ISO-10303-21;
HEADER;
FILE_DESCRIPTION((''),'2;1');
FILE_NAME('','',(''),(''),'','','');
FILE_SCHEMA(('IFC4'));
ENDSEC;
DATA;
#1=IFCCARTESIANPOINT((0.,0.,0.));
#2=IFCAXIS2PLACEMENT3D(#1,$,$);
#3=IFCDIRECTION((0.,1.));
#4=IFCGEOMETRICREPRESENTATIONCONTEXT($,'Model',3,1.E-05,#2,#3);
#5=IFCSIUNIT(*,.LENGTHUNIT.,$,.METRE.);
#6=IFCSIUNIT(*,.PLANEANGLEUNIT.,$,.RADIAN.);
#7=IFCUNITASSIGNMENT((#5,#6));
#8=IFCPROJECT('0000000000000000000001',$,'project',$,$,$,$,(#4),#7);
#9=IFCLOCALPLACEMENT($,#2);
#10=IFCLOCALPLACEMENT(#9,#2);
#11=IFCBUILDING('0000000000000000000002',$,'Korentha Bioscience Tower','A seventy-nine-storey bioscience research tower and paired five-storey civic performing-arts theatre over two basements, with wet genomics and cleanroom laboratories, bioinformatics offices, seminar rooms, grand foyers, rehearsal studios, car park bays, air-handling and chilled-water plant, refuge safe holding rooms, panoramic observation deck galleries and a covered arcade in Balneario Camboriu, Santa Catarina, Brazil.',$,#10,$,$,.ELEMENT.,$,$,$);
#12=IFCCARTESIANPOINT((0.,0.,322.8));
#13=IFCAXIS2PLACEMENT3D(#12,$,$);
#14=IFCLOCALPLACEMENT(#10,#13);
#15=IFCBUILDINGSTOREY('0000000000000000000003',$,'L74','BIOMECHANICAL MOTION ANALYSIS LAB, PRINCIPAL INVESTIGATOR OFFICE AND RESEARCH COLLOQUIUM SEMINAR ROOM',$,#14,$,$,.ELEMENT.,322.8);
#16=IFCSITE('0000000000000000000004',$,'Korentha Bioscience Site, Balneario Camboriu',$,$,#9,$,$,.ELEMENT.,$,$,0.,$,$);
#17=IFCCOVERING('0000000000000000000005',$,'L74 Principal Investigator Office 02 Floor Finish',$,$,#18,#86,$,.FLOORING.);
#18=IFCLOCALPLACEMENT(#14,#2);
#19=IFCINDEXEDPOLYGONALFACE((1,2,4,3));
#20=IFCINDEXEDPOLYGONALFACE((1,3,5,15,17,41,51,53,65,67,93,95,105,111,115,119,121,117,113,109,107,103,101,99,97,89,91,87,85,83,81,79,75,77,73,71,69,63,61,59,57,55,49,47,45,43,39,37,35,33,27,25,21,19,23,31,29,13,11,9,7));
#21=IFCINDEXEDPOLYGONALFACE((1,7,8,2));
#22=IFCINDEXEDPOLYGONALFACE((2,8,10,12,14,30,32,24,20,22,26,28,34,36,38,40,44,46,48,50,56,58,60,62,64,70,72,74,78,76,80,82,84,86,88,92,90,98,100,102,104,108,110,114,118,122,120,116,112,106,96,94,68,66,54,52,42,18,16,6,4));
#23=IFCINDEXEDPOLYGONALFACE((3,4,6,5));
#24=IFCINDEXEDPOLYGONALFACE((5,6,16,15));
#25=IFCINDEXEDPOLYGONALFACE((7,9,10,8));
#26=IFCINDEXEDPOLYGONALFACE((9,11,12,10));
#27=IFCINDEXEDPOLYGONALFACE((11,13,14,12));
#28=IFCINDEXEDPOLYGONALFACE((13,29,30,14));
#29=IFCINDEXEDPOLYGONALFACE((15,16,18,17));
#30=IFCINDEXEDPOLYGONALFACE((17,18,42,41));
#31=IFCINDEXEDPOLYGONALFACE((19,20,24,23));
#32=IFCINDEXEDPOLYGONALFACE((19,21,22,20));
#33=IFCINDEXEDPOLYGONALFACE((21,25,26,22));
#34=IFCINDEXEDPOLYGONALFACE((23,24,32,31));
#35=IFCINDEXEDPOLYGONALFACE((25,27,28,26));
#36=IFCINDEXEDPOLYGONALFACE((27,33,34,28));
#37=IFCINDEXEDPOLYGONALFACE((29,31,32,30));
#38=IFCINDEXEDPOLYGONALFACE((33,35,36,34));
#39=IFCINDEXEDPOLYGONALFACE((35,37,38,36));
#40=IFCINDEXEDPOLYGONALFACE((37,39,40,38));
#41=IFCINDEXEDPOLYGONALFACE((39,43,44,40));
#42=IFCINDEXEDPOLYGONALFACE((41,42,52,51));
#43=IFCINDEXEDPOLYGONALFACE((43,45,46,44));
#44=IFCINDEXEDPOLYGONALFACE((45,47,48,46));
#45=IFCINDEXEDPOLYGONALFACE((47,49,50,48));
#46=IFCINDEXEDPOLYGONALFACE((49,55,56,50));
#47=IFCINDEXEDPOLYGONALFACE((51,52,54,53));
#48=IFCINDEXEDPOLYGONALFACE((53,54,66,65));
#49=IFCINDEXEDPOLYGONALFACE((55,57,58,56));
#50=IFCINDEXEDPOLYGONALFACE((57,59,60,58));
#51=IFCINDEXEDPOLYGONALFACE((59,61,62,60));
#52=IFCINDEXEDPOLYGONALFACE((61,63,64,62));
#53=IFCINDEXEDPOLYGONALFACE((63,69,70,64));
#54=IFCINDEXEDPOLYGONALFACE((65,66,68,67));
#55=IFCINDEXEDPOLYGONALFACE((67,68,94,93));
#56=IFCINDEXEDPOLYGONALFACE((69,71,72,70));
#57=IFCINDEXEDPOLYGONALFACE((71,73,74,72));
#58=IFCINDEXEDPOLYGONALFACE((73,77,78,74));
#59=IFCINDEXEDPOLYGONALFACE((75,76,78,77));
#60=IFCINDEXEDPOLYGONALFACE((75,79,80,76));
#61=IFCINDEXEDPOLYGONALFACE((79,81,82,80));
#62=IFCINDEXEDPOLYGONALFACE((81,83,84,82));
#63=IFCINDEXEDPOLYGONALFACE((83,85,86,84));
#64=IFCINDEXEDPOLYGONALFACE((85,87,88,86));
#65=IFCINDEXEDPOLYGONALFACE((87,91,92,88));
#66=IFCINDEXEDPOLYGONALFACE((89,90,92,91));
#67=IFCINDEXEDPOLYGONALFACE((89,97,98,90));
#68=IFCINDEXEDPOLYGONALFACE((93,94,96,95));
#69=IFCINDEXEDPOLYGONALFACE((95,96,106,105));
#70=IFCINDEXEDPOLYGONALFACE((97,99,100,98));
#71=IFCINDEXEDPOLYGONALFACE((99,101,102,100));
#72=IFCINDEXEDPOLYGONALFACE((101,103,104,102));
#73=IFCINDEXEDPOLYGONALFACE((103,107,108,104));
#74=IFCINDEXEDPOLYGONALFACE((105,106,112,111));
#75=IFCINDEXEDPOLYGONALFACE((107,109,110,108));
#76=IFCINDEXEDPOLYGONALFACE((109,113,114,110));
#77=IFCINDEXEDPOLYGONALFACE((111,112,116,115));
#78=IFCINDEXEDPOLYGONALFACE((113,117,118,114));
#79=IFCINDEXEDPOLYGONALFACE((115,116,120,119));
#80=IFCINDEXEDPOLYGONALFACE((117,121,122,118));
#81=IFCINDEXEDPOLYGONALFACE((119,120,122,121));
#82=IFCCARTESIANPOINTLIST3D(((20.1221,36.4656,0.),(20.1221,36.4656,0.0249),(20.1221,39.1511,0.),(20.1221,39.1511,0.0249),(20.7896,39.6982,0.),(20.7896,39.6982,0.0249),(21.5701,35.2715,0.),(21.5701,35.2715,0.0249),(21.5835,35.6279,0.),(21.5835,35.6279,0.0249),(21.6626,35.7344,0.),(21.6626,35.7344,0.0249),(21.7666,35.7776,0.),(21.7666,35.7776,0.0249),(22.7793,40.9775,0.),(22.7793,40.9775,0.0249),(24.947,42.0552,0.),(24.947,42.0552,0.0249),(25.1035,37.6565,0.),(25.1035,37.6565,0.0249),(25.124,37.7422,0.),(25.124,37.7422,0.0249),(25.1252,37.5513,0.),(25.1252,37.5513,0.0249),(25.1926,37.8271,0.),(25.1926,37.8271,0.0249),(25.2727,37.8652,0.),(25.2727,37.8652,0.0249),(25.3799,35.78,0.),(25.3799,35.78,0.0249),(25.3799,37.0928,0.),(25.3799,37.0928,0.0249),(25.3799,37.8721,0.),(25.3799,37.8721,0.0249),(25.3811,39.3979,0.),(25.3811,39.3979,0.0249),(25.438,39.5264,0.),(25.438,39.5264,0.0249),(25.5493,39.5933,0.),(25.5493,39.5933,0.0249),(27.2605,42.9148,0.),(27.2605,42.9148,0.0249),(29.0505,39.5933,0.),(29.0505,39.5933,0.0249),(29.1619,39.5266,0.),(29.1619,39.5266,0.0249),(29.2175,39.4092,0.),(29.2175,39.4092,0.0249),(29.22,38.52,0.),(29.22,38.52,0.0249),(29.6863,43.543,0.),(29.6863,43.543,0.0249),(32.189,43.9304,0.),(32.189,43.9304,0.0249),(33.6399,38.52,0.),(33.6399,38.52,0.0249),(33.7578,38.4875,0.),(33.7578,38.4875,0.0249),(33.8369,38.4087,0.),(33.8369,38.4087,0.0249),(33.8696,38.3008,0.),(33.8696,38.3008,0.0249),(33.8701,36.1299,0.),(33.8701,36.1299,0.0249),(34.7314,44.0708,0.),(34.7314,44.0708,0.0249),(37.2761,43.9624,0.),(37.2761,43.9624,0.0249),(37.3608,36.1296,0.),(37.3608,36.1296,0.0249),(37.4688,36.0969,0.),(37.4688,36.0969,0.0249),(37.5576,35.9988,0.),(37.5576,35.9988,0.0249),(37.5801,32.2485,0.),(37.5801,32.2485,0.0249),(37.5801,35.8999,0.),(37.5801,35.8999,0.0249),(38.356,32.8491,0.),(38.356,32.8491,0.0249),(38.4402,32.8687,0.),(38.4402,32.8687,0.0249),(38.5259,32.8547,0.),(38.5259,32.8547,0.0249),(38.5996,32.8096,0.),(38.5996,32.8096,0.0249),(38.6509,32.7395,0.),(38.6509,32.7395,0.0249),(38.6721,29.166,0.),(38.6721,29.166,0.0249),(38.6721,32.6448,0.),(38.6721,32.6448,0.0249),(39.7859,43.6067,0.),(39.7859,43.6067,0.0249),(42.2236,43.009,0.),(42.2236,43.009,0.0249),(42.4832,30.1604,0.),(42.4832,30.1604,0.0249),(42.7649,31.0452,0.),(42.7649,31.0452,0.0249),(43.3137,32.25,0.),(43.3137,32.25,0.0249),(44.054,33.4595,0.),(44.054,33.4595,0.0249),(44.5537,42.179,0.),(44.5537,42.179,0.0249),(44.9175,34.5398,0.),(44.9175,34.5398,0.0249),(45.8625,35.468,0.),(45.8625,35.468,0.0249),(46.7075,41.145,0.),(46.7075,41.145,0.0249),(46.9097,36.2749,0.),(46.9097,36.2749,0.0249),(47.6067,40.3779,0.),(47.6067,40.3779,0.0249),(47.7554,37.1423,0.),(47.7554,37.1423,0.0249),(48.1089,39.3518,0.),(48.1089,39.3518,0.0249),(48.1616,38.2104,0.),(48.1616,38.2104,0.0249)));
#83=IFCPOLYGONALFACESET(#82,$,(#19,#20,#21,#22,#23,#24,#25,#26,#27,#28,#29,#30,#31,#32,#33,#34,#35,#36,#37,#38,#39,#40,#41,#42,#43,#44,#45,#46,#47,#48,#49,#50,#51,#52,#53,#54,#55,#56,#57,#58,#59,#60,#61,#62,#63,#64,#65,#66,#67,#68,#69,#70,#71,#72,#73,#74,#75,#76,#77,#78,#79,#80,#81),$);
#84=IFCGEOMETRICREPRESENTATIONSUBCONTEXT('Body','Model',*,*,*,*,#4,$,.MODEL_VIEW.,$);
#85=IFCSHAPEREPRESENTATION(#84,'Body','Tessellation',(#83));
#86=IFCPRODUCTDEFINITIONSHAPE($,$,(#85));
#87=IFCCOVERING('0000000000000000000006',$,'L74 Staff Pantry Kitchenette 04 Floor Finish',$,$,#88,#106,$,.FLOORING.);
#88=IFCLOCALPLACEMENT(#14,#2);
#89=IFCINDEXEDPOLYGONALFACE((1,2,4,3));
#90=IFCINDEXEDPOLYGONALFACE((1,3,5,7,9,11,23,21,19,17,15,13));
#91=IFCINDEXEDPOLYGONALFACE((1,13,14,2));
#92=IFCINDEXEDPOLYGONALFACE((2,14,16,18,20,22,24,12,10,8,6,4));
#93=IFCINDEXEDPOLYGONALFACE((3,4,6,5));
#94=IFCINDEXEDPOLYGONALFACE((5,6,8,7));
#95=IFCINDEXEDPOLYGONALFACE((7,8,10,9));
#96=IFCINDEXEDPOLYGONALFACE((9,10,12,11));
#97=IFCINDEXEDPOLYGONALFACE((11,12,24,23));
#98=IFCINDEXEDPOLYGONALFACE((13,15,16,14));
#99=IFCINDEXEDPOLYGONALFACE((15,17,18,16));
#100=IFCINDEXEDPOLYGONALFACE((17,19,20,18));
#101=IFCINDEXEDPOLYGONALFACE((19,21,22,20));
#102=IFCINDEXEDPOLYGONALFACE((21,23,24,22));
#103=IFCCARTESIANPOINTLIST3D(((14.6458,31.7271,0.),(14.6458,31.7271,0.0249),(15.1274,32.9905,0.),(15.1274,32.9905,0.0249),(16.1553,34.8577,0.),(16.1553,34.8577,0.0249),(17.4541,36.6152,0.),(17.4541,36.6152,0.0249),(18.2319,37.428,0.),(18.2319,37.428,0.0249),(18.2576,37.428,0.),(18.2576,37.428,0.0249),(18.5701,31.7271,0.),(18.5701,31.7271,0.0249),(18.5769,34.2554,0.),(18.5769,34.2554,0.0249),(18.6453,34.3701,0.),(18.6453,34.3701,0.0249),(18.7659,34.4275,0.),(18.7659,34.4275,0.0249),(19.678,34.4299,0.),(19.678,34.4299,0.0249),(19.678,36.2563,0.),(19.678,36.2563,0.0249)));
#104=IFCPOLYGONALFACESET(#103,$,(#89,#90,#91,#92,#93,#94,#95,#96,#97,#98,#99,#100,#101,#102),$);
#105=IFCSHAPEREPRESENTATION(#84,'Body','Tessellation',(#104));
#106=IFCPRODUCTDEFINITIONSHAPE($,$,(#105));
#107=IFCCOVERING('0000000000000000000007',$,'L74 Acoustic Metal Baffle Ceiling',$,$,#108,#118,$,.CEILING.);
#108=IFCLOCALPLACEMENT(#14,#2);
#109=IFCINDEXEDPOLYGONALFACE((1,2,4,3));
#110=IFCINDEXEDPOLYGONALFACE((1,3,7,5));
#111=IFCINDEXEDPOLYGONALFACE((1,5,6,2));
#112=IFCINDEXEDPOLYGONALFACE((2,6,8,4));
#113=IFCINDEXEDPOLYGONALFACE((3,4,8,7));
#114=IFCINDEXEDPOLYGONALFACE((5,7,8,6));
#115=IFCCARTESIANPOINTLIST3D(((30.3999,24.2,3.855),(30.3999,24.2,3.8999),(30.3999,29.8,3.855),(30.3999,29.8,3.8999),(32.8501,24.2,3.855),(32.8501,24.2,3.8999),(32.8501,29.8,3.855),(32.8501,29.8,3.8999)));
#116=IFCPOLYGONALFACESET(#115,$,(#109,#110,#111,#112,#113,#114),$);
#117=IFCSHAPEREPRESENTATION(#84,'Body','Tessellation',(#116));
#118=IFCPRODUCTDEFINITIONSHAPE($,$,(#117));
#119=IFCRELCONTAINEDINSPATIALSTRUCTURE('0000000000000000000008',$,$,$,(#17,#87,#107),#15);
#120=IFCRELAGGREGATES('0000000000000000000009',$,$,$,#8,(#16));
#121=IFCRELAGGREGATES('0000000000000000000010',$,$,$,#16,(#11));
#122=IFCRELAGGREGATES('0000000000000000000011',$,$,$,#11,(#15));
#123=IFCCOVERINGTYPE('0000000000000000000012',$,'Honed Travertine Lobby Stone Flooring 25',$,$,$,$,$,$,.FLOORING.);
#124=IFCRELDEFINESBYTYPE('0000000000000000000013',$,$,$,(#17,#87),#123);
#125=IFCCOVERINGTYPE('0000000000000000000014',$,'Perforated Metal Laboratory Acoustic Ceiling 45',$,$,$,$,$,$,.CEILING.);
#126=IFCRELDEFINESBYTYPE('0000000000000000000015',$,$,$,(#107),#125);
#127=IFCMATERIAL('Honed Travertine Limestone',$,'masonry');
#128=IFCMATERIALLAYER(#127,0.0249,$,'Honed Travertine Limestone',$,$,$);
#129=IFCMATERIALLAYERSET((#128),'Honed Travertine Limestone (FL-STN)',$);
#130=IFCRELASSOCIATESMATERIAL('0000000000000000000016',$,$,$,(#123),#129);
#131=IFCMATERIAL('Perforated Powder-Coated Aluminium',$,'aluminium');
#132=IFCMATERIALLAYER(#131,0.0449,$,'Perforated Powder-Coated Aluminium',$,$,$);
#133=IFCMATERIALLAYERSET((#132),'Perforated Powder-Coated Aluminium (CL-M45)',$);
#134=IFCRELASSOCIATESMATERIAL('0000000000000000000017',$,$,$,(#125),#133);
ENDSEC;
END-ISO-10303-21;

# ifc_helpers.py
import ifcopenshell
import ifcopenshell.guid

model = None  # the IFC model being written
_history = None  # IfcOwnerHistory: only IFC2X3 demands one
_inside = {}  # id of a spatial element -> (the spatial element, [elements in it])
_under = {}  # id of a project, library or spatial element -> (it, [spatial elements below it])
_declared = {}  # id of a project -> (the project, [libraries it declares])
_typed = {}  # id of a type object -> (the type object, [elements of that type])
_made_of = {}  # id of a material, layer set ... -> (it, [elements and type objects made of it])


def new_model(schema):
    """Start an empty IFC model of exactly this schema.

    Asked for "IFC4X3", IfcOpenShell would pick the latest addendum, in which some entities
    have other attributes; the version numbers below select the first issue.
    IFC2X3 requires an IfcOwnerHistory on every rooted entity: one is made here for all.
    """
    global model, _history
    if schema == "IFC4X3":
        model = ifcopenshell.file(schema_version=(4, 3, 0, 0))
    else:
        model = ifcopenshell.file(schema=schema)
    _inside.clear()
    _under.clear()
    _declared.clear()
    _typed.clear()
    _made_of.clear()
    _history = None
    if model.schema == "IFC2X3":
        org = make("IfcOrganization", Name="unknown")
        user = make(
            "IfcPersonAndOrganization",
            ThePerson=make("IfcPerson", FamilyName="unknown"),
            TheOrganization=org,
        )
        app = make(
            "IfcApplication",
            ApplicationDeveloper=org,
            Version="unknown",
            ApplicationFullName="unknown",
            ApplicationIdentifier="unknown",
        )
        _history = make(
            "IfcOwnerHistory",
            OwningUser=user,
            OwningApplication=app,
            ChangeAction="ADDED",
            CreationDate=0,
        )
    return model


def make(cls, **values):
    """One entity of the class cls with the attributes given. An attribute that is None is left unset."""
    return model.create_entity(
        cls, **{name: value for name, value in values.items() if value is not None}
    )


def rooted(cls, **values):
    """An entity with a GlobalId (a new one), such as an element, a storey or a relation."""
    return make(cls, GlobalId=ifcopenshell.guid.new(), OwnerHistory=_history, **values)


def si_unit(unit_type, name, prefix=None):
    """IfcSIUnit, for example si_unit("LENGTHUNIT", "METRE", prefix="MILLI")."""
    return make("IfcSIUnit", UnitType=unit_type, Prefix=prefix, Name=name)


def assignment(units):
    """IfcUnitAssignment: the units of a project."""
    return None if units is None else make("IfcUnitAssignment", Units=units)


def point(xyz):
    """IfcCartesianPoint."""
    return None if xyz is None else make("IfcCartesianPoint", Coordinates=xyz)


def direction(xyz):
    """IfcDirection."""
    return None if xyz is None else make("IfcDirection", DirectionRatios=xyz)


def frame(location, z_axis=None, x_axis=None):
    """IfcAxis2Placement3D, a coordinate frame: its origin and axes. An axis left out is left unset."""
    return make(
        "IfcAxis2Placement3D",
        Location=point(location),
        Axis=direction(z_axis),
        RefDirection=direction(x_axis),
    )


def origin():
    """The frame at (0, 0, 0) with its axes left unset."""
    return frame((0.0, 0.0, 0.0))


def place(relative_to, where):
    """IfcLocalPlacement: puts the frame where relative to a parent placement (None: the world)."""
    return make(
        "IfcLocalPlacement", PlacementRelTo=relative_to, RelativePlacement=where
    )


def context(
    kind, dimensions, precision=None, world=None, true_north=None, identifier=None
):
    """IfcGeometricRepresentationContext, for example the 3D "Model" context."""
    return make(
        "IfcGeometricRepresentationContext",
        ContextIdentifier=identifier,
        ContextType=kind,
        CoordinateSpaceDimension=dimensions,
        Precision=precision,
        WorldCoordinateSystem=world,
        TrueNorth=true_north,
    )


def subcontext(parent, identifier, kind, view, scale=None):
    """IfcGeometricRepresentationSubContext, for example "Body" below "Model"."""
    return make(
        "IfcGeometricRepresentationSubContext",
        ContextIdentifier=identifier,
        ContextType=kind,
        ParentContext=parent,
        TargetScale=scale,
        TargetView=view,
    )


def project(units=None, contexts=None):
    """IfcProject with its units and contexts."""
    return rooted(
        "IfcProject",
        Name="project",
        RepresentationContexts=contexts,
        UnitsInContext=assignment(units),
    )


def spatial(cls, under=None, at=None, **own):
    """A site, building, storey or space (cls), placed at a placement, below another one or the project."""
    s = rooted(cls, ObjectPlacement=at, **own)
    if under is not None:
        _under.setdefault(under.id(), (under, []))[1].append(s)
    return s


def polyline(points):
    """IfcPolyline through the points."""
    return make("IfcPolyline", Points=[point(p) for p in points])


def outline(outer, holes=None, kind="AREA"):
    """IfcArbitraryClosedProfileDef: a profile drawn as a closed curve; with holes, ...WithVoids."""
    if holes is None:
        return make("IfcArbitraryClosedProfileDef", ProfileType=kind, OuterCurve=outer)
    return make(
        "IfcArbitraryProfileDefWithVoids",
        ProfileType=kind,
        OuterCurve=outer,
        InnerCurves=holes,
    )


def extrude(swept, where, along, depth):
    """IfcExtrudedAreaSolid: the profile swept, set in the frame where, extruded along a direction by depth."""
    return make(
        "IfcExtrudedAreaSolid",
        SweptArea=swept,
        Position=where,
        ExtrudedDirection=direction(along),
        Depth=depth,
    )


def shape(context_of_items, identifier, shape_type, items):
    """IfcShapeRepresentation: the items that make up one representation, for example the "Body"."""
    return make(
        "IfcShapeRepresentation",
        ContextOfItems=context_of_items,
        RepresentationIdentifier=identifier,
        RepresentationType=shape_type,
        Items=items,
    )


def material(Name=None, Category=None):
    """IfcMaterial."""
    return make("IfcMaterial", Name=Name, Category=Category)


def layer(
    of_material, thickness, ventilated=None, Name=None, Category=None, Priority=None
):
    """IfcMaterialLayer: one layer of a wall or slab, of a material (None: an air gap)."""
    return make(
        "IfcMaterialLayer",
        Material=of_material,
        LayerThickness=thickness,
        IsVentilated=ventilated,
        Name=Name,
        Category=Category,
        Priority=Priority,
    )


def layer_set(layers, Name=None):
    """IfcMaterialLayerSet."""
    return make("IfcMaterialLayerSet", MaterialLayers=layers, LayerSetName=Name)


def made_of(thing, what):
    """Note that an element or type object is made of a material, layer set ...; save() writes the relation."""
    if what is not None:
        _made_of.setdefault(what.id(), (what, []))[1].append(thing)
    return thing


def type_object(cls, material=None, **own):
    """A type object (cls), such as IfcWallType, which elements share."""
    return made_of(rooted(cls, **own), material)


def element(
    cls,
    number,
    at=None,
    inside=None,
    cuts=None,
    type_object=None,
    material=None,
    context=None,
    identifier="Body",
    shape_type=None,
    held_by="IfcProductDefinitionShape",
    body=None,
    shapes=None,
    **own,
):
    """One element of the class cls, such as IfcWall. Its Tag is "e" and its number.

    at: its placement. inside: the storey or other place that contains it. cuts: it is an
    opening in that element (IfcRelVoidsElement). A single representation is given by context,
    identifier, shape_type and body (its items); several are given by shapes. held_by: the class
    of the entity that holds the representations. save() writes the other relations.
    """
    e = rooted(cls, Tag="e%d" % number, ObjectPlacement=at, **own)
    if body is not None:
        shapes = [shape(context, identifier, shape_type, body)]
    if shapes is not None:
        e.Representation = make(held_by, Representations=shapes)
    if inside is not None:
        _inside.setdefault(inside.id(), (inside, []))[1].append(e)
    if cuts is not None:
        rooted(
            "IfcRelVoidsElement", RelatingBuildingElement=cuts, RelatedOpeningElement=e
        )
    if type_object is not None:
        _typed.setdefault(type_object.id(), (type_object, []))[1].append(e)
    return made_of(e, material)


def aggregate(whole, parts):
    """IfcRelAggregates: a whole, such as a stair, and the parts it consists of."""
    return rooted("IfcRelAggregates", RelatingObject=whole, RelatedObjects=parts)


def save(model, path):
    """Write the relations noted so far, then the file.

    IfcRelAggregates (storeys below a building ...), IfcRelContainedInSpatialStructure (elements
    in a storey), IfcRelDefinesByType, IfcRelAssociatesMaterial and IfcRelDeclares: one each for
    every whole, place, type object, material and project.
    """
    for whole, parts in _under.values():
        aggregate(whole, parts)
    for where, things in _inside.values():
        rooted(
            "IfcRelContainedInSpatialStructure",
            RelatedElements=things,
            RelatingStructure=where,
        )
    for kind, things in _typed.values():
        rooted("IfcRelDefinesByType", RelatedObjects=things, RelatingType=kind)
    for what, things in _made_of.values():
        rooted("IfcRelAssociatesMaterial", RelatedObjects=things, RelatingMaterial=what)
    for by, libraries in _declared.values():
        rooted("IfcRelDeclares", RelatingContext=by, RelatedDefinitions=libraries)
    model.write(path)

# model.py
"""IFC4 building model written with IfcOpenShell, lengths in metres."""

from ifc_helpers import new_model, si_unit, direction, frame, origin, place, context, subcontext, project, spatial, polyline, outline, extrude, material, layer, layer_set, type_object, element, save


model = new_model("IFC4")

# Units and contexts
model_context = context("Model", 3, precision=1e-05, world=origin(), true_north=direction((0.0, 1.0)))
body_context = subcontext(model_context, "Body", "Model", "MODEL_VIEW")
ifc_project = project(units=[si_unit("LENGTHUNIT", "METRE"), si_unit("PLANEANGLEUNIT", "RADIAN")], contexts=[model_context])

# Site, building, storey
site_placement = place(None, origin())
site = spatial("IfcSite", under=ifc_project, at=site_placement, Name="Korentha Bioscience Site, Balneario Camboriu", CompositionType="ELEMENT", RefElevation=0.0)
building_placement = place(site_placement, origin())
building = spatial("IfcBuilding", under=site, at=building_placement, Name="Korentha Bioscience Tower", Description="A seventy-nine-storey bioscience research tower and paired five-storey civic performing-arts theatre over two basements, with wet genomics and cleanroom laboratories, bioinformatics offices, seminar rooms, grand foyers, rehearsal studios, car park bays, air-handling and chilled-water plant, refuge safe holding rooms, panoramic observation deck galleries and a covered arcade in Balneario Camboriu, Santa Catarina, Brazil.", CompositionType="ELEMENT")
storey_placement = place(building_placement, frame((0.0, 0.0, 322.8)))
storey = spatial("IfcBuildingStorey", under=building, at=storey_placement, Name="L74", Description="BIOMECHANICAL MOTION ANALYSIS LAB, PRINCIPAL INVESTIGATOR OFFICE AND RESEARCH COLLOQUIUM SEMINAR ROOM", CompositionType="ELEMENT", Elevation=322.8)

# Coverings
ifc_material_1 = material(Name="Honed Travertine Limestone", Category="masonry")
ifc_layer_1 = layer(ifc_material_1, 0.0249, Name="Honed Travertine Limestone")
ifc_layer_set_1 = layer_set([ifc_layer_1], Name="Honed Travertine Limestone (FL-STN)")
covering_type_1 = type_object("IfcCoveringType", Name="Honed Travertine Lobby Stone Flooring 25", PredefinedType="FLOORING", material=ifc_layer_set_1)
covering_1_placement = place(storey_placement, origin())
element("IfcCovering", 1, at=covering_1_placement, inside=storey, type_object=covering_type_1, Name="L74 Principal Investigator Office 02 Floor Finish", PredefinedType="FLOORING", context=body_context, shape_type="SweptSolid", body=[
    extrude(outline(polyline([(20.1221, 39.1511), (20.7896, 39.6982), (22.7793, 40.9775), (24.947, 42.0552), (27.2605, 42.9148), (29.6863, 43.543), (32.189, 43.9304), (34.7314, 44.0708), (37.2761, 43.9624), (39.7859, 43.6067), (42.2236, 43.009), (44.5537, 42.179), (46.7075, 41.145), (47.6067, 40.3779), (48.1089, 39.3518), (48.1616, 38.2104), (47.7554, 37.1423), (46.9097, 36.2749), (45.8625, 35.468), (44.9175, 34.5398), (44.054, 33.4595), (43.3137, 32.25), (42.7649, 31.0452), (42.4832, 30.1604), (38.6721, 29.166), (38.6721, 32.6448), (38.6509, 32.7395), (38.5996, 32.8096), (38.5259, 32.8547), (38.4402, 32.8687), (38.356, 32.8491), (37.5801, 32.2485), (37.5801, 35.8999), (37.5576, 35.9988), (37.4688, 36.0969), (37.3608, 36.1296), (33.8701, 36.1299), (33.8696, 38.3008), (33.8369, 38.4087), (33.7578, 38.4875), (33.6399, 38.52), (29.22, 38.52), (29.2175, 39.4092), (29.1619, 39.5266), (29.0505, 39.5933), (25.5493, 39.5933), (25.438, 39.5264), (25.3811, 39.3979), (25.3799, 37.8721), (25.2727, 37.8652), (25.1926, 37.8271), (25.124, 37.7422), (25.1035, 37.6565), (25.1252, 37.5513), (25.3799, 37.0928), (25.3799, 35.78), (21.7666, 35.7776), (21.6626, 35.7344), (21.5835, 35.6279), (21.5701, 35.2715), (20.1221, 36.4656), (20.1221, 39.1511)])), origin(), (0.0, 0.0, 1.0), 0.0249),
])
covering_2_placement = place(storey_placement, origin())
element("IfcCovering", 2, at=covering_2_placement, inside=storey, type_object=covering_type_1, Name="L74 Staff Pantry Kitchenette 04 Floor Finish", PredefinedType="FLOORING", context=body_context, shape_type="SweptSolid", body=[
    extrude(outline(polyline([(16.1553, 34.8577), (17.4541, 36.6152), (18.2319, 37.428), (18.2576, 37.428), (19.678, 36.2563), (19.678, 34.4299), (18.7659, 34.4275), (18.6453, 34.3701), (18.5769, 34.2554), (18.5701, 31.7271), (14.6458, 31.7271), (15.1274, 32.9905), (16.1553, 34.8577)])), origin(), (0.0, 0.0, 1.0), 0.0249),
])
ifc_material_2 = material(Name="Perforated Powder-Coated Aluminium", Category="aluminium")
ifc_layer_2 = layer(ifc_material_2, 0.0449, Name="Perforated Powder-Coated Aluminium")
ifc_layer_set_2 = layer_set([ifc_layer_2], Name="Perforated Powder-Coated Aluminium (CL-M45)")
covering_type_2 = type_object("IfcCoveringType", Name="Perforated Metal Laboratory Acoustic Ceiling 45", PredefinedType="CEILING", material=ifc_layer_set_2)
covering_3_placement = place(storey_placement, frame((0.0, 0.0, 3.855)))
element("IfcCovering", 3, at=covering_3_placement, inside=storey, type_object=covering_type_2, Name="L74 Acoustic Metal Baffle Ceiling", PredefinedType="CEILING", context=body_context, shape_type="SweptSolid", body=[
    extrude(outline(polyline([(30.3999, 24.2), (32.8501, 24.2), (32.8501, 29.8), (30.3999, 29.8), (30.3999, 24.2)])), origin(), (0.0, 0.0, 1.0), 0.0449),
])

save(model, "model.ifc")
